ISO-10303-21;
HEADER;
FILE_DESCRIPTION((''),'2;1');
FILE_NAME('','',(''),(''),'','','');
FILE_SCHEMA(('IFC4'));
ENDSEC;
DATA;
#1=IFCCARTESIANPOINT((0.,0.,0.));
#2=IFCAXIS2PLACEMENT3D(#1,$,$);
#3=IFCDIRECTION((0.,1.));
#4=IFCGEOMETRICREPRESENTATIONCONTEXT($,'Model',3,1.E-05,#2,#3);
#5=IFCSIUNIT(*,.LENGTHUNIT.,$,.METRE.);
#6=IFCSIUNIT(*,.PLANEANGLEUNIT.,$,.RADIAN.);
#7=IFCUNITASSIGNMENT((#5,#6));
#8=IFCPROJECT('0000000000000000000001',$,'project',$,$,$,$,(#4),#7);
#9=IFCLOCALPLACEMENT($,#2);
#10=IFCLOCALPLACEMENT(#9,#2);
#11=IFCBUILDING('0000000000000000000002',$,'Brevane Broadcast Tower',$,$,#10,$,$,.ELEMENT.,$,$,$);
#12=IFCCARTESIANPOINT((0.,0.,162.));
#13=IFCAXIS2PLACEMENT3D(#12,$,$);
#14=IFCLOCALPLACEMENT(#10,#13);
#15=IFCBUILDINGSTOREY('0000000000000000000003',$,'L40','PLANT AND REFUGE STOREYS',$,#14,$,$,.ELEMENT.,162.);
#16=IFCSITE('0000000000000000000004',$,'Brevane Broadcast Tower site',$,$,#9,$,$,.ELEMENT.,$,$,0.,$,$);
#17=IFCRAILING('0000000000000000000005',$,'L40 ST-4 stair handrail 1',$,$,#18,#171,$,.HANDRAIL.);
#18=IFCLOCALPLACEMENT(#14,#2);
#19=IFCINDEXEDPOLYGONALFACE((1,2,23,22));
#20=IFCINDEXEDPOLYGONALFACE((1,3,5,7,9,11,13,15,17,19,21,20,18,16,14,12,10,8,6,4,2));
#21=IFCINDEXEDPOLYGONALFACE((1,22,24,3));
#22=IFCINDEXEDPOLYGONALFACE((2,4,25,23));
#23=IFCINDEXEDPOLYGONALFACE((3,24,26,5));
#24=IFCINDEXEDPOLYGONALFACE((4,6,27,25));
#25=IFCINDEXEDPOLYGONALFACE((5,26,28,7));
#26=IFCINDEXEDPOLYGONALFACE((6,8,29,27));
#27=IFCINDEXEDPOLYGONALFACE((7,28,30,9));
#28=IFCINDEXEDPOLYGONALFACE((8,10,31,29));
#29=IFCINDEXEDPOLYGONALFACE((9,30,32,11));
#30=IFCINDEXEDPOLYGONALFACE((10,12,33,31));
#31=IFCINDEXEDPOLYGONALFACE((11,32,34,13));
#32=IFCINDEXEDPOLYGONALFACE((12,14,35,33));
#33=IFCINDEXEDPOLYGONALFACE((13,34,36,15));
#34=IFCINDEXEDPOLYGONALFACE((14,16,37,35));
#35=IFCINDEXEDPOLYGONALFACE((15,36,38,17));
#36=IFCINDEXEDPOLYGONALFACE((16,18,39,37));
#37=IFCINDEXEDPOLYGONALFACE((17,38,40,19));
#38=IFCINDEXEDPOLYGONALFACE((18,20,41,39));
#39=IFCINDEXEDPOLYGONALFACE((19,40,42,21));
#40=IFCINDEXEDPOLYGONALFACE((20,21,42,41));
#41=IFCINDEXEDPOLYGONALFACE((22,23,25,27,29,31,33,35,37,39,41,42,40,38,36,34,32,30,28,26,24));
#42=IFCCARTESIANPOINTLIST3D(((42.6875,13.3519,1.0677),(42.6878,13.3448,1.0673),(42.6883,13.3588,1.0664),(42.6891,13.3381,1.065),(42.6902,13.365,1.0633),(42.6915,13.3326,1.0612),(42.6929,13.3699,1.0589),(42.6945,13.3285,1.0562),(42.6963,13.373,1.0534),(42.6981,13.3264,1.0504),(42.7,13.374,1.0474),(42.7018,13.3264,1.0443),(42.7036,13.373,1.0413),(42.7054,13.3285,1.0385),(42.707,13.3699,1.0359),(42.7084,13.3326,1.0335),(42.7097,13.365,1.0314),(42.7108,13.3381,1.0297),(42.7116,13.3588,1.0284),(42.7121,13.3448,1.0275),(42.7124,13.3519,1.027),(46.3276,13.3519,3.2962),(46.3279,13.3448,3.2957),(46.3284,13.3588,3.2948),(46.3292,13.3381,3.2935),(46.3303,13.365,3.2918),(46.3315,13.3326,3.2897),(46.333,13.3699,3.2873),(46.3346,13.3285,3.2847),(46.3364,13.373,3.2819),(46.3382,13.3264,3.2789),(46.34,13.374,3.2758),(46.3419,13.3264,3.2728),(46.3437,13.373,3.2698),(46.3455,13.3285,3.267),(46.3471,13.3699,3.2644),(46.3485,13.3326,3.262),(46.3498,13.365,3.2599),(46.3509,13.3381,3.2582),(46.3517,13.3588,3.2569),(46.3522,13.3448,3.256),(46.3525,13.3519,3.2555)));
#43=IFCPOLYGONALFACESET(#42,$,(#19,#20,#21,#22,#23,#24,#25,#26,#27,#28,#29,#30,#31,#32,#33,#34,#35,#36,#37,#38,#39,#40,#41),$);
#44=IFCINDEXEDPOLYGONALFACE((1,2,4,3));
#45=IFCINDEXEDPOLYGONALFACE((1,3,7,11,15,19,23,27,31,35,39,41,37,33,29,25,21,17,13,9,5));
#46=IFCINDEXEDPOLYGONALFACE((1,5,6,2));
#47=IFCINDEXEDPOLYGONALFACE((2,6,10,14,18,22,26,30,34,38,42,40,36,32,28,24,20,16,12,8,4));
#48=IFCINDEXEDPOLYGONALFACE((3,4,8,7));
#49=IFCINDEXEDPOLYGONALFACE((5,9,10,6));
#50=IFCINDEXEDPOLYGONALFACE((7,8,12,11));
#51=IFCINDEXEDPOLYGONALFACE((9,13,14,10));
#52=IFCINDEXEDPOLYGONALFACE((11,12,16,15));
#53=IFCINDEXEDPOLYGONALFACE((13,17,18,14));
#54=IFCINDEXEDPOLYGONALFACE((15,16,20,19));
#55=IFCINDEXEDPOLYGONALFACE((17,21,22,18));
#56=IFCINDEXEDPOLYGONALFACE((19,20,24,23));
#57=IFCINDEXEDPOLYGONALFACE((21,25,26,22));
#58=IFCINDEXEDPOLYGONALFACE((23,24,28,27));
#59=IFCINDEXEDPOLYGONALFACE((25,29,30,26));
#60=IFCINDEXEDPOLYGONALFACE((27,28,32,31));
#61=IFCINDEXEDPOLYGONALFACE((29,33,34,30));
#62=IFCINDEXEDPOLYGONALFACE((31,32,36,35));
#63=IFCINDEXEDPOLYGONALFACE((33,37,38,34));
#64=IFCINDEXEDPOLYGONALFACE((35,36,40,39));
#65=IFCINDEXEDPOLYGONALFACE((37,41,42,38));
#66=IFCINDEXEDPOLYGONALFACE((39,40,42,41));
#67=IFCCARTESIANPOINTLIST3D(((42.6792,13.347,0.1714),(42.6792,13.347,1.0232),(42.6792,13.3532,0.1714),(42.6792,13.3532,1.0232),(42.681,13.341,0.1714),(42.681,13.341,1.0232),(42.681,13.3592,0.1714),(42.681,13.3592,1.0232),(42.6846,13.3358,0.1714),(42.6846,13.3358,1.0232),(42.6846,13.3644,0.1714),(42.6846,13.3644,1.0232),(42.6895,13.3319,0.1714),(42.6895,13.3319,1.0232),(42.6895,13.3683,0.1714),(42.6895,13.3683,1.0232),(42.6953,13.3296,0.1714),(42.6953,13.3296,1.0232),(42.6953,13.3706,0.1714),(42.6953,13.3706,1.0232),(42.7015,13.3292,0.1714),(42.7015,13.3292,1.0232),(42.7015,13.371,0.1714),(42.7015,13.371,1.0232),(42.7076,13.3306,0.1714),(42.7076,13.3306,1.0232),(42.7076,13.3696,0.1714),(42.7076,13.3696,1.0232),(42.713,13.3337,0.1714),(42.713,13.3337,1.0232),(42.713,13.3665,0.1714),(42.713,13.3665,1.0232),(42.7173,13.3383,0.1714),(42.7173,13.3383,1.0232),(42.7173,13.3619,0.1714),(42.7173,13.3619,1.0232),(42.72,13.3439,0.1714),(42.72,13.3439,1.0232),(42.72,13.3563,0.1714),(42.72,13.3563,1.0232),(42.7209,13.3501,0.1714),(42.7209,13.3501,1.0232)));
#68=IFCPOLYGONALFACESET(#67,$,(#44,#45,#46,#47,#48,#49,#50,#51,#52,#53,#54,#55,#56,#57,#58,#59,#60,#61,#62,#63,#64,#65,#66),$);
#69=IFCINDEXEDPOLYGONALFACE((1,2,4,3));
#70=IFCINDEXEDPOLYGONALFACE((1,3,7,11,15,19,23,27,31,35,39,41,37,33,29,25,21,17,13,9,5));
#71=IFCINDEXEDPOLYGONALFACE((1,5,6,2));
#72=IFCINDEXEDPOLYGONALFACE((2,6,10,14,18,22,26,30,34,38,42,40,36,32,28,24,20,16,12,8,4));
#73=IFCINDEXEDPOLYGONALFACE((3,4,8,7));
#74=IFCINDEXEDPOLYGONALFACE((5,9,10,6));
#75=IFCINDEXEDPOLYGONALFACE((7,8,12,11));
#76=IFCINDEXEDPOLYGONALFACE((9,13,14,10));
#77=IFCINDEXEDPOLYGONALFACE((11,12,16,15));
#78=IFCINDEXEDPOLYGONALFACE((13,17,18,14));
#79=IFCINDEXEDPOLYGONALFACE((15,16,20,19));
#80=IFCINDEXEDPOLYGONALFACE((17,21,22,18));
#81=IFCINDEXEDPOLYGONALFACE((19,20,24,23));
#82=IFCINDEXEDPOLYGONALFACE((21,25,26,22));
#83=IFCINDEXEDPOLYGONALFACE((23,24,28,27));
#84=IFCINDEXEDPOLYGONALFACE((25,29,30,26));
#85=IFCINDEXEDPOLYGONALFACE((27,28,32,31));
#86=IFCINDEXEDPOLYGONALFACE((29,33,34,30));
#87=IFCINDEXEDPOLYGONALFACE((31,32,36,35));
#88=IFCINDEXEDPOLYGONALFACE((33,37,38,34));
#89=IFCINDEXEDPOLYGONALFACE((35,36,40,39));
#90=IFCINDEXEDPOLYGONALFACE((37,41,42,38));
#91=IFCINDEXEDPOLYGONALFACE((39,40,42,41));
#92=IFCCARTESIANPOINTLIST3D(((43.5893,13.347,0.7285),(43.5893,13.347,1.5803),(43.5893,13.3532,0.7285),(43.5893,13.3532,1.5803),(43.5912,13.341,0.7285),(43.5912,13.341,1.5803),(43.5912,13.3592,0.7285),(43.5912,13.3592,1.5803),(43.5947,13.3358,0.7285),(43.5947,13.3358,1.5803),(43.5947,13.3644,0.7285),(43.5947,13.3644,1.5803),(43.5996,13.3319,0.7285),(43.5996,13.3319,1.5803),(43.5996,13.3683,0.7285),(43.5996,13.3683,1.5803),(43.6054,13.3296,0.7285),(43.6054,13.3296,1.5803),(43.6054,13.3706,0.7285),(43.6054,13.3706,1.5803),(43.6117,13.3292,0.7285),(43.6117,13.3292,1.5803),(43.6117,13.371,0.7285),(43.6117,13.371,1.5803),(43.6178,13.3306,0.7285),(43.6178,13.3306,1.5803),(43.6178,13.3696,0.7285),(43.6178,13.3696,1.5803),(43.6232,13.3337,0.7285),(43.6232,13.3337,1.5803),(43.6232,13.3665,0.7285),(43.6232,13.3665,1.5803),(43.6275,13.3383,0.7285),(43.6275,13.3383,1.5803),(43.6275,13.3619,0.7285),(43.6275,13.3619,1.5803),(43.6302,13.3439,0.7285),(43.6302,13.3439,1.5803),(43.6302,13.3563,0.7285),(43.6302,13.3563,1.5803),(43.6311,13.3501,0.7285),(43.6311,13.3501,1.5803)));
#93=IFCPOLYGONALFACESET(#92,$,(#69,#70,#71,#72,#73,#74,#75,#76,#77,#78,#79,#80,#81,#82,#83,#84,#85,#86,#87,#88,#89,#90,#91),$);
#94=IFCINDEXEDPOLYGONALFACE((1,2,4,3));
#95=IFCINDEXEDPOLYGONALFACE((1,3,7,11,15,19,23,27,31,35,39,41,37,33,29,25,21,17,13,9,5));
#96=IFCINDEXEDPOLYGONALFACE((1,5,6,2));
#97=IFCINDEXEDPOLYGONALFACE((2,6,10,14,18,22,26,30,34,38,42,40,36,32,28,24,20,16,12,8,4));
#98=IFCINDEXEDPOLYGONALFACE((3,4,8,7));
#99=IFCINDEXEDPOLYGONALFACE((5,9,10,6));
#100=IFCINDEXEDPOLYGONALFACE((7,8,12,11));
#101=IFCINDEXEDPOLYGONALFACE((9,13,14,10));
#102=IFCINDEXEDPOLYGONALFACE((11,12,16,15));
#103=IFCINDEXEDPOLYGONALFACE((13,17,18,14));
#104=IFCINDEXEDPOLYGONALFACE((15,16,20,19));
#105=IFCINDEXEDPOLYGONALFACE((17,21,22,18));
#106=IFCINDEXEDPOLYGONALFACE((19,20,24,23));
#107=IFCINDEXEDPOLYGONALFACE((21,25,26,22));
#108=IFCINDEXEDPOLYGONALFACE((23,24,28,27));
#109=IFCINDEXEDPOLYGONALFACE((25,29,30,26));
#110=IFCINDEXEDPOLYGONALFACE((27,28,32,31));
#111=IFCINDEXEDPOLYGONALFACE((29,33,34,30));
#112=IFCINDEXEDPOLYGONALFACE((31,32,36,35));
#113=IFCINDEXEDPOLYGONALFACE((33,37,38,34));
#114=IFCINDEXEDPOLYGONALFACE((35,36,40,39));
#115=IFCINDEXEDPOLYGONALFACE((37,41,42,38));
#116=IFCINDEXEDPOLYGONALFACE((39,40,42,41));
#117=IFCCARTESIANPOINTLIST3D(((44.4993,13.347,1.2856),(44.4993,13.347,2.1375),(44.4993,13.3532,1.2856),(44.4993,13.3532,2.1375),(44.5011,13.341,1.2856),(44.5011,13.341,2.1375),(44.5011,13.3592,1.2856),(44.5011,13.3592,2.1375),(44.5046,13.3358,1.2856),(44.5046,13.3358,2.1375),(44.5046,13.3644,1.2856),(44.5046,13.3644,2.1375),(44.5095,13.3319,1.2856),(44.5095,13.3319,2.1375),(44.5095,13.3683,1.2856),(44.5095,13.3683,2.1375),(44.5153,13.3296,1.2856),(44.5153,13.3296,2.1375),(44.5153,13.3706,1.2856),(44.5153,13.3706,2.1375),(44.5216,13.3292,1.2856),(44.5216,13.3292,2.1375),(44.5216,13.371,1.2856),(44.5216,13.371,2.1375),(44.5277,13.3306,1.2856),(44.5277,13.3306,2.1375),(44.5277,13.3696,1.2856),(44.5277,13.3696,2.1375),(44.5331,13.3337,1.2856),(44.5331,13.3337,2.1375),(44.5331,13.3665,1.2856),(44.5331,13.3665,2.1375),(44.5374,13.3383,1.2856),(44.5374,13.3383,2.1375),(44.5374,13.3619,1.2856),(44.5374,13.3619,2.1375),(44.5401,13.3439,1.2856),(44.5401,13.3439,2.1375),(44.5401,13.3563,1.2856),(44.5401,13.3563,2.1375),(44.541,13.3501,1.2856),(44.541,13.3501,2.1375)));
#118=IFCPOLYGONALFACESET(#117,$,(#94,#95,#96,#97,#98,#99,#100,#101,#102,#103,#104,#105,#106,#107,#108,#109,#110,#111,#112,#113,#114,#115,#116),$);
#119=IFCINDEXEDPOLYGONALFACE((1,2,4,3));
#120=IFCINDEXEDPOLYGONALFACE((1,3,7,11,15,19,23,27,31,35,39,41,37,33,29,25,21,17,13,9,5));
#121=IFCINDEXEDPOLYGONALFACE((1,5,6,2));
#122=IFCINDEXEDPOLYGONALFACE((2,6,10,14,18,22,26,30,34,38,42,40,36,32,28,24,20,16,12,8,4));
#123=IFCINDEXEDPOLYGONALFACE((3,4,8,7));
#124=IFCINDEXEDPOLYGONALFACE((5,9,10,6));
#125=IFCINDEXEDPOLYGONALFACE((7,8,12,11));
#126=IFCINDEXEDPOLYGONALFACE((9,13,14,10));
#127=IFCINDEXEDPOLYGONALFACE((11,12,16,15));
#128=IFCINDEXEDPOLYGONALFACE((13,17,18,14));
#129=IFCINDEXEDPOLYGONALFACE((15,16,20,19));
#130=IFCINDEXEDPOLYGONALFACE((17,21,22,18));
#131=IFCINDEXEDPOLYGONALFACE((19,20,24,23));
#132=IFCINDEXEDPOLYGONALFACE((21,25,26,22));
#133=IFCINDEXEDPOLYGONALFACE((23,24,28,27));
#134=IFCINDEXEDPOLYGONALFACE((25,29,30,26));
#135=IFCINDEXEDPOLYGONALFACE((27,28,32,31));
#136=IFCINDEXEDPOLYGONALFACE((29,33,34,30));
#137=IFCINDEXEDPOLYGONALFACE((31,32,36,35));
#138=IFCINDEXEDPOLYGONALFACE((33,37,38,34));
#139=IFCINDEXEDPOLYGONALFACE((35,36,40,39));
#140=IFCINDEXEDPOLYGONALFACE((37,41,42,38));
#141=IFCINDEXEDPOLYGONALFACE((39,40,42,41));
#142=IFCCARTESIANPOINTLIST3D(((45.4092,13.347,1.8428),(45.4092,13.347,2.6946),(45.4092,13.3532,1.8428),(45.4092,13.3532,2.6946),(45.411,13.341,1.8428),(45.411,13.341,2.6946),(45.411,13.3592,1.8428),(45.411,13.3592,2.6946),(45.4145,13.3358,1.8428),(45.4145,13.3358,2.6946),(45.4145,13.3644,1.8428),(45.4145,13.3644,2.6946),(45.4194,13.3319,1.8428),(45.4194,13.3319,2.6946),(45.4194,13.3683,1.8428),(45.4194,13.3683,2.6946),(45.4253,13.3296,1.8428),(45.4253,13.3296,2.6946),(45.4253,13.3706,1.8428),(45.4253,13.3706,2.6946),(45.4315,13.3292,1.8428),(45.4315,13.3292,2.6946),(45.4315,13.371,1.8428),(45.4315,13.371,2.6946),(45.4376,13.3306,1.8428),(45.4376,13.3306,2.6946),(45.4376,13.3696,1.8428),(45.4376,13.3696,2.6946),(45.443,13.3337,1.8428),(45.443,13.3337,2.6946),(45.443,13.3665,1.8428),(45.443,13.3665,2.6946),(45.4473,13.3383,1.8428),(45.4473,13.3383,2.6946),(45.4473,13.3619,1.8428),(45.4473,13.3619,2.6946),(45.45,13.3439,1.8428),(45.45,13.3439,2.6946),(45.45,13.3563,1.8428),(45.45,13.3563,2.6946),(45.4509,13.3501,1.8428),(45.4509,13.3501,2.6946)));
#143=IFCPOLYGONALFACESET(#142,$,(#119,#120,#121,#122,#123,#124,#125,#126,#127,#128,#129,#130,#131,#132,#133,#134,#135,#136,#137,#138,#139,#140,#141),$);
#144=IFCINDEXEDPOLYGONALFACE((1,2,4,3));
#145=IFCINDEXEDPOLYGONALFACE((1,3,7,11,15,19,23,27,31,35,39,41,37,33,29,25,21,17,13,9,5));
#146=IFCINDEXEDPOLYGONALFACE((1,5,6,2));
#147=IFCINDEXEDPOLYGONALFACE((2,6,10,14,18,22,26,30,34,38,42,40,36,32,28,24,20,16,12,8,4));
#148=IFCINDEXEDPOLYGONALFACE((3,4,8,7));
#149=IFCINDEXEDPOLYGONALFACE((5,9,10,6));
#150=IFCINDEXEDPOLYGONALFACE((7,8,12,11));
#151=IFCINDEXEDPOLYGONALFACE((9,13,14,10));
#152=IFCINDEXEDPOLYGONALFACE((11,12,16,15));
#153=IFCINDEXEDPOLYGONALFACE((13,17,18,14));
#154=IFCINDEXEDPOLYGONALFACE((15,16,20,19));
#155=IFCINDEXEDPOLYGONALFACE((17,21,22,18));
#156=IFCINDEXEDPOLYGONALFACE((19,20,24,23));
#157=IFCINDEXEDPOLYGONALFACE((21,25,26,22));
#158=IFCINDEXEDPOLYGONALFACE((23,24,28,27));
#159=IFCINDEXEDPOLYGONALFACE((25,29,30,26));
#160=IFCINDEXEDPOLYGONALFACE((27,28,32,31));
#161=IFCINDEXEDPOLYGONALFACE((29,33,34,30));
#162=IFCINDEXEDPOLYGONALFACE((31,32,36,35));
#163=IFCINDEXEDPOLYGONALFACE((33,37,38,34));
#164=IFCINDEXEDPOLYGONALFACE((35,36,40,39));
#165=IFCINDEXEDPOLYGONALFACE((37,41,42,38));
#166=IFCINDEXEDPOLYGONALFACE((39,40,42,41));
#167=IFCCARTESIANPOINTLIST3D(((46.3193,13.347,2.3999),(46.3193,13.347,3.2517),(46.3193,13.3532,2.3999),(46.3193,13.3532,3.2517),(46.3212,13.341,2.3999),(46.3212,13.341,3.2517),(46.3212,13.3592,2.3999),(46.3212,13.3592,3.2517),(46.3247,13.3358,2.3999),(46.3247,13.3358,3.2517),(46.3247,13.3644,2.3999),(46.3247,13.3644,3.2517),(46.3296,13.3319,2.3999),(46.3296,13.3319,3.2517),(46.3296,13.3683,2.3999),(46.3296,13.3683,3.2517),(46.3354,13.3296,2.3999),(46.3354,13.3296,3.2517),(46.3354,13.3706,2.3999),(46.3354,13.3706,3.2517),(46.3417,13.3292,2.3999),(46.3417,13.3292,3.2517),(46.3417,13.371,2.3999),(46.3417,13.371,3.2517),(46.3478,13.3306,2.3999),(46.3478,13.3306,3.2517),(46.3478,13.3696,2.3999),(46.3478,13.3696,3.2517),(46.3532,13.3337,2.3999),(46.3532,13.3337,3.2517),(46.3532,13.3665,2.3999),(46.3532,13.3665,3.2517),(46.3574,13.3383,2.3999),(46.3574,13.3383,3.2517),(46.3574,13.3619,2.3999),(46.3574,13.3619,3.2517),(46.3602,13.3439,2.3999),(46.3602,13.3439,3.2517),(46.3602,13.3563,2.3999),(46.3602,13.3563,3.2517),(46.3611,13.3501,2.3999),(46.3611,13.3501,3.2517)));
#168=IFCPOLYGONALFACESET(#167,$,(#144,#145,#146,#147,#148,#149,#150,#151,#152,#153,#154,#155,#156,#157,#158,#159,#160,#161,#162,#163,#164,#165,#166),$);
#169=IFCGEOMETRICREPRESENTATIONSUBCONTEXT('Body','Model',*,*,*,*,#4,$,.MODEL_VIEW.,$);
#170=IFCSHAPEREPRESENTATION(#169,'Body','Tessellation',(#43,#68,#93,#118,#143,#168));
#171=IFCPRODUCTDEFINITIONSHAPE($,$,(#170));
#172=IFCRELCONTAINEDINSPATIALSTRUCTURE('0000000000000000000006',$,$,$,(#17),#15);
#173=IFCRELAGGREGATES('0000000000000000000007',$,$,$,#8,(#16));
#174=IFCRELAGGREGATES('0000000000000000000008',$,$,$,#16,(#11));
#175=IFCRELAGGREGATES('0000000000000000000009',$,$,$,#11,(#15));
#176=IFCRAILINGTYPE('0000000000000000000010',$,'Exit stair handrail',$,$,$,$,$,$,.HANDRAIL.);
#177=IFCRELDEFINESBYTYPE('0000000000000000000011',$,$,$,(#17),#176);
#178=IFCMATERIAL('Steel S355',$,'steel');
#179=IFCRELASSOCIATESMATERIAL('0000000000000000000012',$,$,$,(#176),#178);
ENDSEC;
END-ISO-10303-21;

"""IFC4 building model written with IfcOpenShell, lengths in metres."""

from ifc_helpers import new_model, si_unit, direction, frame, origin, origin_2d, place, context, subcontext, project, spatial, circle, extrude, material, type_object, element, save


model = new_model("IFC4")

# Units and contexts
model_context = context("Model", 3, precision=1e-05, world=origin(), true_north=direction((0.0, 1.0)))
body_context = subcontext(model_context, "Body", "Model", "MODEL_VIEW")
ifc_project = project(units=[si_unit("LENGTHUNIT", "METRE"), si_unit("PLANEANGLEUNIT", "RADIAN")], contexts=[model_context])

# Site, building, storey
site_placement = place(None, origin())
site = spatial("IfcSite", under=ifc_project, at=site_placement, Name="Brevane Broadcast Tower site", CompositionType="ELEMENT", RefElevation=0.0)
building_placement = place(site_placement, origin())
building = spatial("IfcBuilding", under=site, at=building_placement, Name="Brevane Broadcast Tower", CompositionType="ELEMENT")
storey_placement = place(building_placement, frame((0.0, 0.0, 162.0)))
storey = spatial("IfcBuildingStorey", under=building, at=storey_placement, Name="L40", Description="PLANT AND REFUGE STOREYS", CompositionType="ELEMENT", Elevation=162.0)

# Shared definitions
ifc_material_1 = material(Name="Steel S355", Category="steel")

# Railing
railing_type_1 = type_object("IfcRailingType", Name="Exit stair handrail", PredefinedType="HANDRAIL", material=ifc_material_1)
railing_1_placement = place(storey_placement, frame((42.7, 13.3501, 0.1714)))
element("IfcRailing", 1, at=railing_1_placement, inside=storey, type_object=railing_type_1, Name="L40 ST-4 stair handrail 1", PredefinedType="HANDRAIL", context=body_context, shape_type="SweptSolid", body=[
    extrude(circle(Radius=0.0239, at=origin_2d()), frame((0.0, 0.0, 0.876), z_axis=(0.852866, 0.0, 0.52213), x_axis=(0.0, 1.0, 0.0)), (0.0, 0.0, 1.0), 4.2681),
    extrude(circle(Radius=0.021, at=origin_2d()), origin(), (0.0, 0.0, 1.0), 0.8518),
    extrude(circle(Radius=0.021, at=origin_2d()), frame((0.9102, 0.0, 0.5571)), (0.0, 0.0, 1.0), 0.8518),
    extrude(circle(Radius=0.021, at=origin_2d()), frame((1.8201, 0.0, 1.1143)), (0.0, 0.0, 1.0), 0.8518),
    extrude(circle(Radius=0.021, at=origin_2d()), frame((2.73, 0.0, 1.6714)), (0.0, 0.0, 1.0), 0.8518),
    extrude(circle(Radius=0.021, at=origin_2d()), frame((3.6401, 0.0, 2.2285)), (0.0, 0.0, 1.0), 0.8518),
])

save(model, "model.ifc")
